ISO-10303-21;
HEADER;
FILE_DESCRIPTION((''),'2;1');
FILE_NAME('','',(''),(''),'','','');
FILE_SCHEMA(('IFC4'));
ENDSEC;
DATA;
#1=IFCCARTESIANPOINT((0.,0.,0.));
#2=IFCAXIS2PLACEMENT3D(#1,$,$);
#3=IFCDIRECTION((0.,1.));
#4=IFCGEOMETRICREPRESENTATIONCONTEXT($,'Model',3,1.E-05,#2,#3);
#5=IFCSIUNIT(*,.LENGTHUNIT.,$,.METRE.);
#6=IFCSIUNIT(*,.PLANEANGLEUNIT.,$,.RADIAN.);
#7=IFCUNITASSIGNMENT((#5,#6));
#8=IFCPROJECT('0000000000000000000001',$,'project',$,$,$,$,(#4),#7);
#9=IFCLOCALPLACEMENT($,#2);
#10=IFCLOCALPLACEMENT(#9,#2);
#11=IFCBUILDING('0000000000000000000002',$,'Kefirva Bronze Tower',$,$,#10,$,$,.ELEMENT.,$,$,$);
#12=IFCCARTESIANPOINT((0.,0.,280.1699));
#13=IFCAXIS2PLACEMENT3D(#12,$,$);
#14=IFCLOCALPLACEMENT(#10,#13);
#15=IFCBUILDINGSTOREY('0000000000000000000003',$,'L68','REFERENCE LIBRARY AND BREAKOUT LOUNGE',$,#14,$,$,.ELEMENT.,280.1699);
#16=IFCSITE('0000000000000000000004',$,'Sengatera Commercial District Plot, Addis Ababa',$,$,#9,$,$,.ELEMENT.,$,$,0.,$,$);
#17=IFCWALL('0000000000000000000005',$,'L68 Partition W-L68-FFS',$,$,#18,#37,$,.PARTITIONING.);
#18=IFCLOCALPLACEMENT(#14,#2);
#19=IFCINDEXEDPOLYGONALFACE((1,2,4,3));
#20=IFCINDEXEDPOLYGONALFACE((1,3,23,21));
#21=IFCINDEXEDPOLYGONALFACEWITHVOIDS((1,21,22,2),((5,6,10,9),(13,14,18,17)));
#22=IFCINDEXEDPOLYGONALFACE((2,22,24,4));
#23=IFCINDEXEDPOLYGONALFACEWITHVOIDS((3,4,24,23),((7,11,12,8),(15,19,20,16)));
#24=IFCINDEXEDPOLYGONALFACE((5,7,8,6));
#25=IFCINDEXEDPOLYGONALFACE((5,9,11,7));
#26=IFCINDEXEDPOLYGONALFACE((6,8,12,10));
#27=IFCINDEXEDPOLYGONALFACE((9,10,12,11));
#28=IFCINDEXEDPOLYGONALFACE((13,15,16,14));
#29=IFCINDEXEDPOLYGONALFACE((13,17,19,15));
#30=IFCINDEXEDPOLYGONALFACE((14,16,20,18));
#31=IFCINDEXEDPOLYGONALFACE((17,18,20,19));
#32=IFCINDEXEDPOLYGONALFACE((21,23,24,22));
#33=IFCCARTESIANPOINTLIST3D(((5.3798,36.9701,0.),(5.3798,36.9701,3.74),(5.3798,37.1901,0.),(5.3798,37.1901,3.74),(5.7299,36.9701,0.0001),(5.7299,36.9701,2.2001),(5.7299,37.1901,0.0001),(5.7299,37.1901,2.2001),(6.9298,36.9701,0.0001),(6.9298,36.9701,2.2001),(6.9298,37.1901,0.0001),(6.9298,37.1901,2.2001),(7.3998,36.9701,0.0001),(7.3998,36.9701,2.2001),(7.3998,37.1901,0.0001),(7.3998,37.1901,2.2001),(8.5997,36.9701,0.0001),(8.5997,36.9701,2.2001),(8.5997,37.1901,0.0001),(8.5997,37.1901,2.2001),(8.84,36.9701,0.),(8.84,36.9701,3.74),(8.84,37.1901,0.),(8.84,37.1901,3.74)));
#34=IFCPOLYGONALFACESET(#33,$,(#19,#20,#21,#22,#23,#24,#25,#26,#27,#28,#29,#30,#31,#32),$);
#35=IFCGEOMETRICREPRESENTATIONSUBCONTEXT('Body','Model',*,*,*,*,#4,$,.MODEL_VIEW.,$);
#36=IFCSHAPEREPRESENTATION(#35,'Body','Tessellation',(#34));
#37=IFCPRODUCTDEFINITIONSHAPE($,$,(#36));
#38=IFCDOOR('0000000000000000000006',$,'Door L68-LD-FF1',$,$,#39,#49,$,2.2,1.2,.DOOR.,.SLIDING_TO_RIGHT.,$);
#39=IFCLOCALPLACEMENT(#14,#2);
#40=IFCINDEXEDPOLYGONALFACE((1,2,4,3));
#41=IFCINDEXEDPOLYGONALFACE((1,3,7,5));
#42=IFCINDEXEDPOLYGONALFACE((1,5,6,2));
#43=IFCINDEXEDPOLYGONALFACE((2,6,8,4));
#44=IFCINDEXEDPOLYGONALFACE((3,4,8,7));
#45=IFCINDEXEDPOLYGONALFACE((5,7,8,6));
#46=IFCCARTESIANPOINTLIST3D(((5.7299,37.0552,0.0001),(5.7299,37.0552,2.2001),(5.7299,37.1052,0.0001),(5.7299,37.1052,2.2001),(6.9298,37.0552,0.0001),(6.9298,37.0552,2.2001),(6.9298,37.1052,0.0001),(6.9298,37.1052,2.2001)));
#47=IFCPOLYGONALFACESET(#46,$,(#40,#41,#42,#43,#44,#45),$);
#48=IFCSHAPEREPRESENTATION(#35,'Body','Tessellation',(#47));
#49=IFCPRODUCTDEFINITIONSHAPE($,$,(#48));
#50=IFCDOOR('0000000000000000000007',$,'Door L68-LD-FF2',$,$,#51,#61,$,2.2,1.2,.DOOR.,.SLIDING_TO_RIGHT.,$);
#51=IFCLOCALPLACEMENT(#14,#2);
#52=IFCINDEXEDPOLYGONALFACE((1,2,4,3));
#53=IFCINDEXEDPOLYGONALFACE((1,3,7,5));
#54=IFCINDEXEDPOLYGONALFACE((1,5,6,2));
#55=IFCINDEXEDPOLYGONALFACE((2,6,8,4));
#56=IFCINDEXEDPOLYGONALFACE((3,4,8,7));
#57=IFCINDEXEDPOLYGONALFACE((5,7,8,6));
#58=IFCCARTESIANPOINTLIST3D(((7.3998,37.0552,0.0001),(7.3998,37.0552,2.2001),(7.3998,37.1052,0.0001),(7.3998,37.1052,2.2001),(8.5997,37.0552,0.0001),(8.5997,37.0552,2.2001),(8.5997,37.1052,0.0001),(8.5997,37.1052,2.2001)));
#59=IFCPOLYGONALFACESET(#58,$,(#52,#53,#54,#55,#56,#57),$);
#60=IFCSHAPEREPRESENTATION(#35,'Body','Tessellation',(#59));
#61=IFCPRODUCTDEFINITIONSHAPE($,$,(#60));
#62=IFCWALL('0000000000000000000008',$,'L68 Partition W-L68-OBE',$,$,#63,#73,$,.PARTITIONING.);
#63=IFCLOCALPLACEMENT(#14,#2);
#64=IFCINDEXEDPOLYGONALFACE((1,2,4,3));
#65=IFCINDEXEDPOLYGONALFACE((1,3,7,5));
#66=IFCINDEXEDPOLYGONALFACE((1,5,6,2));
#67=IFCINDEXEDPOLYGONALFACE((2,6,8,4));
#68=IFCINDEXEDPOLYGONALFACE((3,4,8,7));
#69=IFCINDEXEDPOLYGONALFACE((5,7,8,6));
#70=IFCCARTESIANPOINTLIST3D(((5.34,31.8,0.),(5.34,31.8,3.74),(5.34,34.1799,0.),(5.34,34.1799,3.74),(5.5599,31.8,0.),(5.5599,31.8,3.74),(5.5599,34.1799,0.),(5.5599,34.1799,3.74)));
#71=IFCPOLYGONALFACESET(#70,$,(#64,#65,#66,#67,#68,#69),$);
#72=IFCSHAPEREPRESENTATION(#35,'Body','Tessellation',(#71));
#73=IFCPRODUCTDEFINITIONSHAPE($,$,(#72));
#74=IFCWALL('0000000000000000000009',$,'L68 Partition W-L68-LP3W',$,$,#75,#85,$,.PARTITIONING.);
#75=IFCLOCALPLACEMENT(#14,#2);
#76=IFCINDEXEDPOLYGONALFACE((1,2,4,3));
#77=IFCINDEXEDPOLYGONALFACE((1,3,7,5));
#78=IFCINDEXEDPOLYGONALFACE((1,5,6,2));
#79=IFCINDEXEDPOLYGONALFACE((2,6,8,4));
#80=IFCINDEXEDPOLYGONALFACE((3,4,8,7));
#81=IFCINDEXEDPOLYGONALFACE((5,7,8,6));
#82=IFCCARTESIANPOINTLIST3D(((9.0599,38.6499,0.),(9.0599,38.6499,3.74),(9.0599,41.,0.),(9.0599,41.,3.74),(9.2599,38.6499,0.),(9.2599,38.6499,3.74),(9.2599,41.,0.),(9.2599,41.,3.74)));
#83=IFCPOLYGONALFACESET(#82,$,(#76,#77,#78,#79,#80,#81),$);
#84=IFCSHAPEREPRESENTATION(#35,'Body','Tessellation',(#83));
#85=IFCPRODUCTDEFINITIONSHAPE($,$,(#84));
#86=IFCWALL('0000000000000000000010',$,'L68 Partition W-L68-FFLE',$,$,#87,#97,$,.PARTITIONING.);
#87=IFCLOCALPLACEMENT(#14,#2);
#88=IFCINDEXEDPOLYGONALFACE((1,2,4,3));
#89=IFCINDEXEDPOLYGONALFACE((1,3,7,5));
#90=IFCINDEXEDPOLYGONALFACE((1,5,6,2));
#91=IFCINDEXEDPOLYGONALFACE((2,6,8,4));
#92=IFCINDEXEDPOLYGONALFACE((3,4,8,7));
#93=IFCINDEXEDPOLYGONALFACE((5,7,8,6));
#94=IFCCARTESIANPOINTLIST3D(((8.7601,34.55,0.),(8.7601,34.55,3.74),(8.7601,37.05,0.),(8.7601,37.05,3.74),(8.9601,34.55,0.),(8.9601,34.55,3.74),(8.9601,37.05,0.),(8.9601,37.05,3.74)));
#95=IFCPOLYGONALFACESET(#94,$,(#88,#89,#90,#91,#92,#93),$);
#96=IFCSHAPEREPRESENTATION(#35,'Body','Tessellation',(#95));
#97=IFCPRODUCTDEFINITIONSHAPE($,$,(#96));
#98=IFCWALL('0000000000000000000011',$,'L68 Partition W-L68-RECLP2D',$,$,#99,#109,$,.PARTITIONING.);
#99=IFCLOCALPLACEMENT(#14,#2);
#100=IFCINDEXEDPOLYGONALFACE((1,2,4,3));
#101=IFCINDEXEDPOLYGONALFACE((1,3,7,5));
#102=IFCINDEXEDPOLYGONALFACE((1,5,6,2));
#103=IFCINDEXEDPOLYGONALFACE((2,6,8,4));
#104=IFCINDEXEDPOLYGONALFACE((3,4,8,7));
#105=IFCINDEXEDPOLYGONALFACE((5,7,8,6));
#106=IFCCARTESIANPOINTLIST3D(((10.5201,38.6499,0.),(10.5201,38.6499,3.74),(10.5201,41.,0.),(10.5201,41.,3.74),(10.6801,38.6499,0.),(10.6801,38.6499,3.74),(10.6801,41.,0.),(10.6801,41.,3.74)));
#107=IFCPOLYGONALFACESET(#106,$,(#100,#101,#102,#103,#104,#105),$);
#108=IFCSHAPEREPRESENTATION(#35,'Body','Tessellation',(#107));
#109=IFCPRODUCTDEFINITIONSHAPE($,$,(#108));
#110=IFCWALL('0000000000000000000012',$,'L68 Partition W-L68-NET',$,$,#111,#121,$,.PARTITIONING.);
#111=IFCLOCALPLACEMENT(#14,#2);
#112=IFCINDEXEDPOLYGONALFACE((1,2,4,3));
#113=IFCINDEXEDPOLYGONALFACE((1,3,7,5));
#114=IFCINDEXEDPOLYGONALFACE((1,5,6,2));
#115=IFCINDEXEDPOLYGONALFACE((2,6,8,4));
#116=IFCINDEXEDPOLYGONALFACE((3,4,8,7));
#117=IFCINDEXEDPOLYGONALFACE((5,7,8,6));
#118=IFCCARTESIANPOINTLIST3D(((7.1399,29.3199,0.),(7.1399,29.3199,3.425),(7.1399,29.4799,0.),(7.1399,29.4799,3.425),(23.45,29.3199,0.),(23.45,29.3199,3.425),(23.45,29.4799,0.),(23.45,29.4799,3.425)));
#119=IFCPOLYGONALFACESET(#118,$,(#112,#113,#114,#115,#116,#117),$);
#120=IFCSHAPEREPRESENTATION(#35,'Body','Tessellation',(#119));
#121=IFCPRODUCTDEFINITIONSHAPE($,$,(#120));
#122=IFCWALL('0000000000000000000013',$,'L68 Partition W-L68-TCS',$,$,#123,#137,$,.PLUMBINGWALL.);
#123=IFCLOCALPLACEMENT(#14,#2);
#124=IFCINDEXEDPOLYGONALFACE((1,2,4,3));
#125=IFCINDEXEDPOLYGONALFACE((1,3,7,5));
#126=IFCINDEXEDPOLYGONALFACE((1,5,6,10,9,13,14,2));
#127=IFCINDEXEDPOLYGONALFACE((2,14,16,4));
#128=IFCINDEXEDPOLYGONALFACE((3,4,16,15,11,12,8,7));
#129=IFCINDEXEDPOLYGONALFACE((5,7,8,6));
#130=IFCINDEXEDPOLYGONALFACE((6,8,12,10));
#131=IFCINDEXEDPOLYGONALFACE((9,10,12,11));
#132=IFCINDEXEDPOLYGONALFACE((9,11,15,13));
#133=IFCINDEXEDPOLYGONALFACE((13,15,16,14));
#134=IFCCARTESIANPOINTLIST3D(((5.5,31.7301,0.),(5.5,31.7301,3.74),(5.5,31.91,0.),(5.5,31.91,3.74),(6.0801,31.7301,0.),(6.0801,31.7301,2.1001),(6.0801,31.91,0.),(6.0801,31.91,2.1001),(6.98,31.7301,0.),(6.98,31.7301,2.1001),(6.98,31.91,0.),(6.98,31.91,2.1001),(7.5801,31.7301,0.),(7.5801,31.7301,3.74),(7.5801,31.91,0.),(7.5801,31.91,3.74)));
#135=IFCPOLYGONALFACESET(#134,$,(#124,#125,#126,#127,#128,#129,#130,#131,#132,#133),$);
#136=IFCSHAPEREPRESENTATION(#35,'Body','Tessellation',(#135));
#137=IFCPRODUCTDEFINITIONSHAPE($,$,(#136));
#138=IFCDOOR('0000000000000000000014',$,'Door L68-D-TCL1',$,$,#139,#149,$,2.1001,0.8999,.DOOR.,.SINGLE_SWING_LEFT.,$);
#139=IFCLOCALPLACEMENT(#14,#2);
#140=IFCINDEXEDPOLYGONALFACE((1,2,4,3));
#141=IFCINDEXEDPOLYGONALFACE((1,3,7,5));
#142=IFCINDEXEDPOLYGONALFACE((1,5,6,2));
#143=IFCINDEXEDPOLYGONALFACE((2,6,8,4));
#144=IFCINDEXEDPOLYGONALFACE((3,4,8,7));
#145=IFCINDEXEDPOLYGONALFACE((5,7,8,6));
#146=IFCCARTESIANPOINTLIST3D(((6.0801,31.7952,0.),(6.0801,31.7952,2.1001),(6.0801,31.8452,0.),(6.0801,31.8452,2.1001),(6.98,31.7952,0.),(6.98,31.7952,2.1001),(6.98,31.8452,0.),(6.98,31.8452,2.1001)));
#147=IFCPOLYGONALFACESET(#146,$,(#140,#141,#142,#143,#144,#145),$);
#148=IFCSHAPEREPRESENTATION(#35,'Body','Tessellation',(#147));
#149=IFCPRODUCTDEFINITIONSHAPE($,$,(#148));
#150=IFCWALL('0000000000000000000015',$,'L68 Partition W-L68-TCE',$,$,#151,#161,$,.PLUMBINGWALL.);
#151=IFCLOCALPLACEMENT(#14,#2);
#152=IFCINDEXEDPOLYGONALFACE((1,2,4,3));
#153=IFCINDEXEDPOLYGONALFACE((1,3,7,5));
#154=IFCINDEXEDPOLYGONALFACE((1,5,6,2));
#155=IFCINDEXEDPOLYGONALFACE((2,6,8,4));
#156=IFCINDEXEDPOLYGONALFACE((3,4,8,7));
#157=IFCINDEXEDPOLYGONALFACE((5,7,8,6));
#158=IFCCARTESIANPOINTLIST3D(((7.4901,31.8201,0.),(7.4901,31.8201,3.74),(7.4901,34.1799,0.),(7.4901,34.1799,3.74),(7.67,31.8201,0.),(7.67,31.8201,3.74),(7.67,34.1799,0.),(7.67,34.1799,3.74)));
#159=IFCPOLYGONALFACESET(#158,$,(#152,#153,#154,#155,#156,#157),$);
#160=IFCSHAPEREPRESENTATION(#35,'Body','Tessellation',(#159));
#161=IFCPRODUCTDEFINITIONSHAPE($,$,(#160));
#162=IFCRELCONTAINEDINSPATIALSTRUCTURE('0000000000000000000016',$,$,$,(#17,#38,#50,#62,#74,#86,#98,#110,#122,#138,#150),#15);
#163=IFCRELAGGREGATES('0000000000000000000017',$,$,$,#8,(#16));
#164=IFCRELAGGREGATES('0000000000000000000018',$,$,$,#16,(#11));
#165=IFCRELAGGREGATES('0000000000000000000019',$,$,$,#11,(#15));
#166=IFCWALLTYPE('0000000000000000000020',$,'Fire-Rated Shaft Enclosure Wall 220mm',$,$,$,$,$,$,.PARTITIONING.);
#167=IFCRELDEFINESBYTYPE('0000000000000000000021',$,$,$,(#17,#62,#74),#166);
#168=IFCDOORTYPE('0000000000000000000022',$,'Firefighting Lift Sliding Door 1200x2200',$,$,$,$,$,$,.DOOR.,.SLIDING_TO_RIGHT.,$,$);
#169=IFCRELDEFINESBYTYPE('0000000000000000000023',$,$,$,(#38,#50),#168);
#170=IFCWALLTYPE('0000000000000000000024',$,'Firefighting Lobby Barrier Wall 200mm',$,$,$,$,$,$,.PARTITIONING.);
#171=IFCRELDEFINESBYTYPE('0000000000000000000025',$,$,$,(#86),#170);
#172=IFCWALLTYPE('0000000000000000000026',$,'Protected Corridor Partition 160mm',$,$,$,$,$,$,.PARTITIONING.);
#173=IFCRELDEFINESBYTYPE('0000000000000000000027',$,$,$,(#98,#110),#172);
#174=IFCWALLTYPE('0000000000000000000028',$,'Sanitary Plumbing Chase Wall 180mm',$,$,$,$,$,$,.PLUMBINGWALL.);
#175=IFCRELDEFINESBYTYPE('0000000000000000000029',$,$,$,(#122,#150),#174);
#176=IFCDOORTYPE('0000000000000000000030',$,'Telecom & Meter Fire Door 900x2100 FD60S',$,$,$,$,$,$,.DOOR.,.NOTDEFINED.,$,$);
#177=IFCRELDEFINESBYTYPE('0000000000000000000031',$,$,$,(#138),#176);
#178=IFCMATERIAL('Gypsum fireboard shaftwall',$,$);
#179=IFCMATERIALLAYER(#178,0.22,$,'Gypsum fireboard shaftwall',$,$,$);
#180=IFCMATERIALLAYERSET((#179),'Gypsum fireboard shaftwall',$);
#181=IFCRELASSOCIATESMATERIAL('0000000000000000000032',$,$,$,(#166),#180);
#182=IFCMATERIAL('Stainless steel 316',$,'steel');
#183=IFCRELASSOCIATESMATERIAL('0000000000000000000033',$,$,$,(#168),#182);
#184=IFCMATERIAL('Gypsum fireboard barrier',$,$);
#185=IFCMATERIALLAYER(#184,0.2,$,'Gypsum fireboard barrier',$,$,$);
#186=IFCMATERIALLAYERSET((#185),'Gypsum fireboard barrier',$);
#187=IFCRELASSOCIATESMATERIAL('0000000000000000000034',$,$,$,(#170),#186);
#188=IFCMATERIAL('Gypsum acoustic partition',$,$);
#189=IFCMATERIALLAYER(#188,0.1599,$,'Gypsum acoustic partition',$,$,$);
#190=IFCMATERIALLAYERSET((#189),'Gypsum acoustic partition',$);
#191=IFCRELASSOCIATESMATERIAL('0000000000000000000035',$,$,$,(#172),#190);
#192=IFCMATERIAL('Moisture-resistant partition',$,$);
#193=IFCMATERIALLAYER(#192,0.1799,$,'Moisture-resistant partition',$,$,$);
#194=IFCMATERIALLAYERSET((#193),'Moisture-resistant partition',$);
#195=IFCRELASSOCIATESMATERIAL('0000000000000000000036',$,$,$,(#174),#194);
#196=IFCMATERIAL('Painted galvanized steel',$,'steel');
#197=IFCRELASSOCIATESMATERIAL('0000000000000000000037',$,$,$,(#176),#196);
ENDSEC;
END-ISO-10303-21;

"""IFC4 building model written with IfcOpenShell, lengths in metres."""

from ifc_helpers import new_model, si_unit, direction, frame, frame_2d, origin, place, context, subcontext, project, spatial, rectangle, extrude, material, layer, layer_set, type_object, element, fill, save


model = new_model("IFC4")

# Units and contexts
model_context = context("Model", 3, precision=1e-05, world=origin(), true_north=direction((0.0, 1.0)))
body_context = subcontext(model_context, "Body", "Model", "MODEL_VIEW")
ifc_project = project(units=[si_unit("LENGTHUNIT", "METRE"), si_unit("PLANEANGLEUNIT", "RADIAN")], contexts=[model_context])

# Site, building, storey
site_placement = place(None, origin())
site = spatial("IfcSite", under=ifc_project, at=site_placement, Name="Sengatera Commercial District Plot, Addis Ababa", CompositionType="ELEMENT", RefElevation=0.0)
building_placement = place(site_placement, origin())
building = spatial("IfcBuilding", under=site, at=building_placement, Name="Kefirva Bronze Tower", CompositionType="ELEMENT")
storey_placement = place(building_placement, frame((0.0, 0.0, 280.1699)))
storey = spatial("IfcBuildingStorey", under=building, at=storey_placement, Name="L68", Description="REFERENCE LIBRARY AND BREAKOUT LOUNGE", CompositionType="ELEMENT", Elevation=280.1699)

# Wall, openings, doors
ifc_material_1 = material(Name="Gypsum fireboard shaftwall")
ifc_layer_1 = layer(ifc_material_1, 0.22, Name="Gypsum fireboard shaftwall")
ifc_layer_set_1 = layer_set([ifc_layer_1], Name="Gypsum fireboard shaftwall")
wall_type_1 = type_object("IfcWallType", Name="Fire-Rated Shaft Enclosure Wall 220mm", PredefinedType="PARTITIONING", material=ifc_layer_set_1)
wall_1_placement = place(storey_placement, frame((5.3799, 37.0801, 0.0), z_axis=(0.0, 0.0, 1.0), x_axis=(1.0, 0.0, 0.0)))
wall_1 = element("IfcWall", 1, at=wall_1_placement, inside=storey, type_object=wall_type_1, Name="L68 Partition W-L68-FFS", PredefinedType="PARTITIONING", context=body_context, shape_type="SweptSolid", body=[
    extrude(rectangle(XDim=3.4602, YDim=0.22, at=frame_2d((1.73, 0.0))), origin(), (0.0, 0.0, 1.0), 3.74),
])
opening_1_placement = place(wall_1_placement, frame((1.55, 0.0, 0.0), z_axis=(0.0, 0.0, 1.0), x_axis=(-1.0, 0.0, 0.0)))
opening_1 = element("IfcOpeningElement", 2, at=opening_1_placement, cuts=wall_1, PredefinedType="OPENING", context=body_context, shape_type="SweptSolid", body=[
    extrude(rectangle(XDim=1.2, YDim=2.2, at=frame_2d((0.6001, 1.1001))), frame((0.0, 0.1201, 0.0), z_axis=(0.0, -1.0, 0.0), x_axis=(1.0, 0.0, 0.0)), (0.0, 0.0, 1.0), 0.24),
])
opening_2_placement = place(wall_1_placement, frame((3.22, 0.0, 0.0), z_axis=(0.0, 0.0, 1.0), x_axis=(-1.0, 0.0, 0.0)))
opening_2 = element("IfcOpeningElement", 3, at=opening_2_placement, cuts=wall_1, PredefinedType="OPENING", context=body_context, shape_type="SweptSolid", body=[
    extrude(rectangle(XDim=1.2, YDim=2.2, at=frame_2d((0.6001, 1.1001))), frame((0.0, 0.1201, 0.0), z_axis=(0.0, -1.0, 0.0), x_axis=(1.0, 0.0, 0.0)), (0.0, 0.0, 1.0), 0.24),
])
ifc_material_2 = material(Name="Stainless steel 316", Category="steel")
door_type_1 = type_object("IfcDoorType", Name="Firefighting Lift Sliding Door 1200x2200", OperationType="SLIDING_TO_RIGHT", PredefinedType="DOOR", material=ifc_material_2)
door_1_placement = place(opening_1_placement, origin())
door_1 = element("IfcDoor", 4, at=door_1_placement, inside=storey, type_object=door_type_1, Name="Door L68-LD-FF1", OperationType="SLIDING_TO_RIGHT", OverallHeight=2.2, OverallWidth=1.2, PredefinedType="DOOR", context=body_context, shape_type="SweptSolid", body=[
    extrude(rectangle(XDim=1.2, YDim=2.2, at=frame_2d((0.6001, 1.1001))), frame((0.0, 0.0249, 0.0), z_axis=(0.0, -1.0, 0.0), x_axis=(1.0, 0.0, 0.0)), (0.0, 0.0, 1.0), 0.05),
])
fill(opening_1, door_1)
door_2_placement = place(opening_2_placement, origin())
door_2 = element("IfcDoor", 5, at=door_2_placement, inside=storey, type_object=door_type_1, Name="Door L68-LD-FF2", OperationType="SLIDING_TO_RIGHT", OverallHeight=2.2, OverallWidth=1.2, PredefinedType="DOOR", context=body_context, shape_type="SweptSolid", body=[
    extrude(rectangle(XDim=1.2, YDim=2.2, at=frame_2d((0.6001, 1.1001))), frame((0.0, 0.0249, 0.0), z_axis=(0.0, -1.0, 0.0), x_axis=(1.0, 0.0, 0.0)), (0.0, 0.0, 1.0), 0.05),
])
fill(opening_2, door_2)

# Walls
wall_2_placement = place(storey_placement, frame((5.45, 31.8, 0.0), z_axis=(0.0, 0.0, 1.0), x_axis=(0.0, 1.0, 0.0)))
element("IfcWall", 6, at=wall_2_placement, inside=storey, type_object=wall_type_1, Name="L68 Partition W-L68-OBE", PredefinedType="PARTITIONING", context=body_context, shape_type="SweptSolid", body=[
    extrude(rectangle(XDim=2.3799, YDim=0.22, at=frame_2d((1.1899, 0.0))), origin(), (0.0, 0.0, 1.0), 3.74),
])
wall_3_placement = place(storey_placement, frame((9.1599, 38.6499, 0.0), z_axis=(0.0, 0.0, 1.0), x_axis=(0.0, 1.0, 0.0)))
element("IfcWall", 7, at=wall_3_placement, inside=storey, type_object=wall_type_1, Name="L68 Partition W-L68-LP3W", PredefinedType="PARTITIONING", context=body_context, shape_type="SweptSolid", body=[
    extrude(rectangle(XDim=2.3501, YDim=0.2, at=frame_2d((1.175, 0.0))), origin(), (0.0, 0.0, 1.0), 3.74),
])
ifc_material_3 = material(Name="Gypsum fireboard barrier")
ifc_layer_2 = layer(ifc_material_3, 0.2, Name="Gypsum fireboard barrier")
ifc_layer_set_2 = layer_set([ifc_layer_2], Name="Gypsum fireboard barrier")
wall_type_2 = type_object("IfcWallType", Name="Firefighting Lobby Barrier Wall 200mm", PredefinedType="PARTITIONING", material=ifc_layer_set_2)
wall_4_placement = place(storey_placement, frame((8.8601, 34.55, 0.0), z_axis=(0.0, 0.0, 1.0), x_axis=(0.0, 1.0, 0.0)))
element("IfcWall", 8, at=wall_4_placement, inside=storey, type_object=wall_type_2, Name="L68 Partition W-L68-FFLE", PredefinedType="PARTITIONING", context=body_context, shape_type="SweptSolid", body=[
    extrude(rectangle(XDim=2.5, YDim=0.2, at=frame_2d((1.25, 0.0))), origin(), (0.0, 0.0, 1.0), 3.74),
])

# Shared definitions
ifc_material_4 = material(Name="Gypsum acoustic partition")
ifc_layer_3 = layer(ifc_material_4, 0.1599, Name="Gypsum acoustic partition")
ifc_layer_set_3 = layer_set([ifc_layer_3], Name="Gypsum acoustic partition")
wall_type_3 = type_object("IfcWallType", Name="Protected Corridor Partition 160mm", PredefinedType="PARTITIONING", material=ifc_layer_set_3)

# Shared definitions
ifc_material_5 = material(Name="Painted galvanized steel", Category="steel")

# Walls
wall_5_placement = place(storey_placement, frame((10.6001, 38.6499, 0.0), z_axis=(0.0, 0.0, 1.0), x_axis=(0.0, 1.0, 0.0)))
element("IfcWall", 9, at=wall_5_placement, inside=storey, type_object=wall_type_3, Name="L68 Partition W-L68-RECLP2D", PredefinedType="PARTITIONING", context=body_context, shape_type="SweptSolid", body=[
    extrude(rectangle(XDim=2.3501, YDim=0.1599, at=frame_2d((1.175, 0.0))), origin(), (0.0, 0.0, 1.0), 3.74),
])
wall_6_placement = place(storey_placement, frame((7.1399, 29.3999, 0.0), z_axis=(0.0, 0.0, 1.0), x_axis=(1.0, 0.0, 0.0)))
element("IfcWall", 10, at=wall_6_placement, inside=storey, type_object=wall_type_3, Name="L68 Partition W-L68-NET", PredefinedType="PARTITIONING", context=body_context, shape_type="SweptSolid", body=[
    extrude(rectangle(XDim=16.3101, YDim=0.1599, at=frame_2d((8.155, 0.0))), origin(), (0.0, 0.0, 1.0), 3.425),
])

# Wall, opening, door
ifc_material_6 = material(Name="Moisture-resistant partition")
ifc_layer_4 = layer(ifc_material_6, 0.1799, Name="Moisture-resistant partition")
ifc_layer_set_4 = layer_set([ifc_layer_4], Name="Moisture-resistant partition")
wall_type_4 = type_object("IfcWallType", Name="Sanitary Plumbing Chase Wall 180mm", PredefinedType="PLUMBINGWALL", material=ifc_layer_set_4)
wall_7_placement = place(storey_placement, frame((5.5, 31.8201, 0.0), z_axis=(0.0, 0.0, 1.0), x_axis=(1.0, 0.0, 0.0)))
wall_7 = element("IfcWall", 11, at=wall_7_placement, inside=storey, type_object=wall_type_4, Name="L68 Partition W-L68-TCS", PredefinedType="PLUMBINGWALL", context=body_context, shape_type="SweptSolid", body=[
    extrude(rectangle(XDim=2.0801, YDim=0.1799, at=frame_2d((1.04, 0.0))), origin(), (0.0, 0.0, 1.0), 3.74),
])
opening_3_placement = place(wall_7_placement, frame((1.48, 0.0, 0.0), z_axis=(0.0, 0.0, 1.0), x_axis=(-1.0, 0.0, 0.0)))
opening_3 = element("IfcOpeningElement", 12, at=opening_3_placement, cuts=wall_7, PredefinedType="OPENING", context=body_context, shape_type="SweptSolid", body=[
    extrude(rectangle(XDim=0.8999, YDim=2.1001, at=frame_2d((0.45, 1.05))), frame((0.0, 0.1001, 0.0), z_axis=(0.0, -1.0, 0.0), x_axis=(1.0, 0.0, 0.0)), (0.0, 0.0, 1.0), 0.2),
])
door_type_2 = type_object("IfcDoorType", Name="Telecom & Meter Fire Door 900x2100 FD60S", OperationType="NOTDEFINED", PredefinedType="DOOR", material=ifc_material_5)
door_3_placement = place(opening_3_placement, origin())
door_3 = element("IfcDoor", 13, at=door_3_placement, inside=storey, type_object=door_type_2, Name="Door L68-D-TCL1", OperationType="SINGLE_SWING_LEFT", OverallHeight=2.1001, OverallWidth=0.8999, PredefinedType="DOOR", context=body_context, shape_type="SweptSolid", body=[
    extrude(rectangle(XDim=0.8999, YDim=2.1001, at=frame_2d((0.45, 1.05))), frame((0.0, 0.0249, 0.0), z_axis=(0.0, -1.0, 0.0), x_axis=(1.0, 0.0, 0.0)), (0.0, 0.0, 1.0), 0.05),
])
fill(opening_3, door_3)

# Wall
wall_8_placement = place(storey_placement, frame((7.5801, 31.8201, 0.0), z_axis=(0.0, 0.0, 1.0), x_axis=(0.0, 1.0, 0.0)))
element("IfcWall", 14, at=wall_8_placement, inside=storey, type_object=wall_type_4, Name="L68 Partition W-L68-TCE", PredefinedType="PLUMBINGWALL", context=body_context, shape_type="SweptSolid", body=[
    extrude(rectangle(XDim=2.3599, YDim=0.1799, at=frame_2d((1.1799, 0.0))), origin(), (0.0, 0.0, 1.0), 3.74),
])

save(model, "model.ifc")
